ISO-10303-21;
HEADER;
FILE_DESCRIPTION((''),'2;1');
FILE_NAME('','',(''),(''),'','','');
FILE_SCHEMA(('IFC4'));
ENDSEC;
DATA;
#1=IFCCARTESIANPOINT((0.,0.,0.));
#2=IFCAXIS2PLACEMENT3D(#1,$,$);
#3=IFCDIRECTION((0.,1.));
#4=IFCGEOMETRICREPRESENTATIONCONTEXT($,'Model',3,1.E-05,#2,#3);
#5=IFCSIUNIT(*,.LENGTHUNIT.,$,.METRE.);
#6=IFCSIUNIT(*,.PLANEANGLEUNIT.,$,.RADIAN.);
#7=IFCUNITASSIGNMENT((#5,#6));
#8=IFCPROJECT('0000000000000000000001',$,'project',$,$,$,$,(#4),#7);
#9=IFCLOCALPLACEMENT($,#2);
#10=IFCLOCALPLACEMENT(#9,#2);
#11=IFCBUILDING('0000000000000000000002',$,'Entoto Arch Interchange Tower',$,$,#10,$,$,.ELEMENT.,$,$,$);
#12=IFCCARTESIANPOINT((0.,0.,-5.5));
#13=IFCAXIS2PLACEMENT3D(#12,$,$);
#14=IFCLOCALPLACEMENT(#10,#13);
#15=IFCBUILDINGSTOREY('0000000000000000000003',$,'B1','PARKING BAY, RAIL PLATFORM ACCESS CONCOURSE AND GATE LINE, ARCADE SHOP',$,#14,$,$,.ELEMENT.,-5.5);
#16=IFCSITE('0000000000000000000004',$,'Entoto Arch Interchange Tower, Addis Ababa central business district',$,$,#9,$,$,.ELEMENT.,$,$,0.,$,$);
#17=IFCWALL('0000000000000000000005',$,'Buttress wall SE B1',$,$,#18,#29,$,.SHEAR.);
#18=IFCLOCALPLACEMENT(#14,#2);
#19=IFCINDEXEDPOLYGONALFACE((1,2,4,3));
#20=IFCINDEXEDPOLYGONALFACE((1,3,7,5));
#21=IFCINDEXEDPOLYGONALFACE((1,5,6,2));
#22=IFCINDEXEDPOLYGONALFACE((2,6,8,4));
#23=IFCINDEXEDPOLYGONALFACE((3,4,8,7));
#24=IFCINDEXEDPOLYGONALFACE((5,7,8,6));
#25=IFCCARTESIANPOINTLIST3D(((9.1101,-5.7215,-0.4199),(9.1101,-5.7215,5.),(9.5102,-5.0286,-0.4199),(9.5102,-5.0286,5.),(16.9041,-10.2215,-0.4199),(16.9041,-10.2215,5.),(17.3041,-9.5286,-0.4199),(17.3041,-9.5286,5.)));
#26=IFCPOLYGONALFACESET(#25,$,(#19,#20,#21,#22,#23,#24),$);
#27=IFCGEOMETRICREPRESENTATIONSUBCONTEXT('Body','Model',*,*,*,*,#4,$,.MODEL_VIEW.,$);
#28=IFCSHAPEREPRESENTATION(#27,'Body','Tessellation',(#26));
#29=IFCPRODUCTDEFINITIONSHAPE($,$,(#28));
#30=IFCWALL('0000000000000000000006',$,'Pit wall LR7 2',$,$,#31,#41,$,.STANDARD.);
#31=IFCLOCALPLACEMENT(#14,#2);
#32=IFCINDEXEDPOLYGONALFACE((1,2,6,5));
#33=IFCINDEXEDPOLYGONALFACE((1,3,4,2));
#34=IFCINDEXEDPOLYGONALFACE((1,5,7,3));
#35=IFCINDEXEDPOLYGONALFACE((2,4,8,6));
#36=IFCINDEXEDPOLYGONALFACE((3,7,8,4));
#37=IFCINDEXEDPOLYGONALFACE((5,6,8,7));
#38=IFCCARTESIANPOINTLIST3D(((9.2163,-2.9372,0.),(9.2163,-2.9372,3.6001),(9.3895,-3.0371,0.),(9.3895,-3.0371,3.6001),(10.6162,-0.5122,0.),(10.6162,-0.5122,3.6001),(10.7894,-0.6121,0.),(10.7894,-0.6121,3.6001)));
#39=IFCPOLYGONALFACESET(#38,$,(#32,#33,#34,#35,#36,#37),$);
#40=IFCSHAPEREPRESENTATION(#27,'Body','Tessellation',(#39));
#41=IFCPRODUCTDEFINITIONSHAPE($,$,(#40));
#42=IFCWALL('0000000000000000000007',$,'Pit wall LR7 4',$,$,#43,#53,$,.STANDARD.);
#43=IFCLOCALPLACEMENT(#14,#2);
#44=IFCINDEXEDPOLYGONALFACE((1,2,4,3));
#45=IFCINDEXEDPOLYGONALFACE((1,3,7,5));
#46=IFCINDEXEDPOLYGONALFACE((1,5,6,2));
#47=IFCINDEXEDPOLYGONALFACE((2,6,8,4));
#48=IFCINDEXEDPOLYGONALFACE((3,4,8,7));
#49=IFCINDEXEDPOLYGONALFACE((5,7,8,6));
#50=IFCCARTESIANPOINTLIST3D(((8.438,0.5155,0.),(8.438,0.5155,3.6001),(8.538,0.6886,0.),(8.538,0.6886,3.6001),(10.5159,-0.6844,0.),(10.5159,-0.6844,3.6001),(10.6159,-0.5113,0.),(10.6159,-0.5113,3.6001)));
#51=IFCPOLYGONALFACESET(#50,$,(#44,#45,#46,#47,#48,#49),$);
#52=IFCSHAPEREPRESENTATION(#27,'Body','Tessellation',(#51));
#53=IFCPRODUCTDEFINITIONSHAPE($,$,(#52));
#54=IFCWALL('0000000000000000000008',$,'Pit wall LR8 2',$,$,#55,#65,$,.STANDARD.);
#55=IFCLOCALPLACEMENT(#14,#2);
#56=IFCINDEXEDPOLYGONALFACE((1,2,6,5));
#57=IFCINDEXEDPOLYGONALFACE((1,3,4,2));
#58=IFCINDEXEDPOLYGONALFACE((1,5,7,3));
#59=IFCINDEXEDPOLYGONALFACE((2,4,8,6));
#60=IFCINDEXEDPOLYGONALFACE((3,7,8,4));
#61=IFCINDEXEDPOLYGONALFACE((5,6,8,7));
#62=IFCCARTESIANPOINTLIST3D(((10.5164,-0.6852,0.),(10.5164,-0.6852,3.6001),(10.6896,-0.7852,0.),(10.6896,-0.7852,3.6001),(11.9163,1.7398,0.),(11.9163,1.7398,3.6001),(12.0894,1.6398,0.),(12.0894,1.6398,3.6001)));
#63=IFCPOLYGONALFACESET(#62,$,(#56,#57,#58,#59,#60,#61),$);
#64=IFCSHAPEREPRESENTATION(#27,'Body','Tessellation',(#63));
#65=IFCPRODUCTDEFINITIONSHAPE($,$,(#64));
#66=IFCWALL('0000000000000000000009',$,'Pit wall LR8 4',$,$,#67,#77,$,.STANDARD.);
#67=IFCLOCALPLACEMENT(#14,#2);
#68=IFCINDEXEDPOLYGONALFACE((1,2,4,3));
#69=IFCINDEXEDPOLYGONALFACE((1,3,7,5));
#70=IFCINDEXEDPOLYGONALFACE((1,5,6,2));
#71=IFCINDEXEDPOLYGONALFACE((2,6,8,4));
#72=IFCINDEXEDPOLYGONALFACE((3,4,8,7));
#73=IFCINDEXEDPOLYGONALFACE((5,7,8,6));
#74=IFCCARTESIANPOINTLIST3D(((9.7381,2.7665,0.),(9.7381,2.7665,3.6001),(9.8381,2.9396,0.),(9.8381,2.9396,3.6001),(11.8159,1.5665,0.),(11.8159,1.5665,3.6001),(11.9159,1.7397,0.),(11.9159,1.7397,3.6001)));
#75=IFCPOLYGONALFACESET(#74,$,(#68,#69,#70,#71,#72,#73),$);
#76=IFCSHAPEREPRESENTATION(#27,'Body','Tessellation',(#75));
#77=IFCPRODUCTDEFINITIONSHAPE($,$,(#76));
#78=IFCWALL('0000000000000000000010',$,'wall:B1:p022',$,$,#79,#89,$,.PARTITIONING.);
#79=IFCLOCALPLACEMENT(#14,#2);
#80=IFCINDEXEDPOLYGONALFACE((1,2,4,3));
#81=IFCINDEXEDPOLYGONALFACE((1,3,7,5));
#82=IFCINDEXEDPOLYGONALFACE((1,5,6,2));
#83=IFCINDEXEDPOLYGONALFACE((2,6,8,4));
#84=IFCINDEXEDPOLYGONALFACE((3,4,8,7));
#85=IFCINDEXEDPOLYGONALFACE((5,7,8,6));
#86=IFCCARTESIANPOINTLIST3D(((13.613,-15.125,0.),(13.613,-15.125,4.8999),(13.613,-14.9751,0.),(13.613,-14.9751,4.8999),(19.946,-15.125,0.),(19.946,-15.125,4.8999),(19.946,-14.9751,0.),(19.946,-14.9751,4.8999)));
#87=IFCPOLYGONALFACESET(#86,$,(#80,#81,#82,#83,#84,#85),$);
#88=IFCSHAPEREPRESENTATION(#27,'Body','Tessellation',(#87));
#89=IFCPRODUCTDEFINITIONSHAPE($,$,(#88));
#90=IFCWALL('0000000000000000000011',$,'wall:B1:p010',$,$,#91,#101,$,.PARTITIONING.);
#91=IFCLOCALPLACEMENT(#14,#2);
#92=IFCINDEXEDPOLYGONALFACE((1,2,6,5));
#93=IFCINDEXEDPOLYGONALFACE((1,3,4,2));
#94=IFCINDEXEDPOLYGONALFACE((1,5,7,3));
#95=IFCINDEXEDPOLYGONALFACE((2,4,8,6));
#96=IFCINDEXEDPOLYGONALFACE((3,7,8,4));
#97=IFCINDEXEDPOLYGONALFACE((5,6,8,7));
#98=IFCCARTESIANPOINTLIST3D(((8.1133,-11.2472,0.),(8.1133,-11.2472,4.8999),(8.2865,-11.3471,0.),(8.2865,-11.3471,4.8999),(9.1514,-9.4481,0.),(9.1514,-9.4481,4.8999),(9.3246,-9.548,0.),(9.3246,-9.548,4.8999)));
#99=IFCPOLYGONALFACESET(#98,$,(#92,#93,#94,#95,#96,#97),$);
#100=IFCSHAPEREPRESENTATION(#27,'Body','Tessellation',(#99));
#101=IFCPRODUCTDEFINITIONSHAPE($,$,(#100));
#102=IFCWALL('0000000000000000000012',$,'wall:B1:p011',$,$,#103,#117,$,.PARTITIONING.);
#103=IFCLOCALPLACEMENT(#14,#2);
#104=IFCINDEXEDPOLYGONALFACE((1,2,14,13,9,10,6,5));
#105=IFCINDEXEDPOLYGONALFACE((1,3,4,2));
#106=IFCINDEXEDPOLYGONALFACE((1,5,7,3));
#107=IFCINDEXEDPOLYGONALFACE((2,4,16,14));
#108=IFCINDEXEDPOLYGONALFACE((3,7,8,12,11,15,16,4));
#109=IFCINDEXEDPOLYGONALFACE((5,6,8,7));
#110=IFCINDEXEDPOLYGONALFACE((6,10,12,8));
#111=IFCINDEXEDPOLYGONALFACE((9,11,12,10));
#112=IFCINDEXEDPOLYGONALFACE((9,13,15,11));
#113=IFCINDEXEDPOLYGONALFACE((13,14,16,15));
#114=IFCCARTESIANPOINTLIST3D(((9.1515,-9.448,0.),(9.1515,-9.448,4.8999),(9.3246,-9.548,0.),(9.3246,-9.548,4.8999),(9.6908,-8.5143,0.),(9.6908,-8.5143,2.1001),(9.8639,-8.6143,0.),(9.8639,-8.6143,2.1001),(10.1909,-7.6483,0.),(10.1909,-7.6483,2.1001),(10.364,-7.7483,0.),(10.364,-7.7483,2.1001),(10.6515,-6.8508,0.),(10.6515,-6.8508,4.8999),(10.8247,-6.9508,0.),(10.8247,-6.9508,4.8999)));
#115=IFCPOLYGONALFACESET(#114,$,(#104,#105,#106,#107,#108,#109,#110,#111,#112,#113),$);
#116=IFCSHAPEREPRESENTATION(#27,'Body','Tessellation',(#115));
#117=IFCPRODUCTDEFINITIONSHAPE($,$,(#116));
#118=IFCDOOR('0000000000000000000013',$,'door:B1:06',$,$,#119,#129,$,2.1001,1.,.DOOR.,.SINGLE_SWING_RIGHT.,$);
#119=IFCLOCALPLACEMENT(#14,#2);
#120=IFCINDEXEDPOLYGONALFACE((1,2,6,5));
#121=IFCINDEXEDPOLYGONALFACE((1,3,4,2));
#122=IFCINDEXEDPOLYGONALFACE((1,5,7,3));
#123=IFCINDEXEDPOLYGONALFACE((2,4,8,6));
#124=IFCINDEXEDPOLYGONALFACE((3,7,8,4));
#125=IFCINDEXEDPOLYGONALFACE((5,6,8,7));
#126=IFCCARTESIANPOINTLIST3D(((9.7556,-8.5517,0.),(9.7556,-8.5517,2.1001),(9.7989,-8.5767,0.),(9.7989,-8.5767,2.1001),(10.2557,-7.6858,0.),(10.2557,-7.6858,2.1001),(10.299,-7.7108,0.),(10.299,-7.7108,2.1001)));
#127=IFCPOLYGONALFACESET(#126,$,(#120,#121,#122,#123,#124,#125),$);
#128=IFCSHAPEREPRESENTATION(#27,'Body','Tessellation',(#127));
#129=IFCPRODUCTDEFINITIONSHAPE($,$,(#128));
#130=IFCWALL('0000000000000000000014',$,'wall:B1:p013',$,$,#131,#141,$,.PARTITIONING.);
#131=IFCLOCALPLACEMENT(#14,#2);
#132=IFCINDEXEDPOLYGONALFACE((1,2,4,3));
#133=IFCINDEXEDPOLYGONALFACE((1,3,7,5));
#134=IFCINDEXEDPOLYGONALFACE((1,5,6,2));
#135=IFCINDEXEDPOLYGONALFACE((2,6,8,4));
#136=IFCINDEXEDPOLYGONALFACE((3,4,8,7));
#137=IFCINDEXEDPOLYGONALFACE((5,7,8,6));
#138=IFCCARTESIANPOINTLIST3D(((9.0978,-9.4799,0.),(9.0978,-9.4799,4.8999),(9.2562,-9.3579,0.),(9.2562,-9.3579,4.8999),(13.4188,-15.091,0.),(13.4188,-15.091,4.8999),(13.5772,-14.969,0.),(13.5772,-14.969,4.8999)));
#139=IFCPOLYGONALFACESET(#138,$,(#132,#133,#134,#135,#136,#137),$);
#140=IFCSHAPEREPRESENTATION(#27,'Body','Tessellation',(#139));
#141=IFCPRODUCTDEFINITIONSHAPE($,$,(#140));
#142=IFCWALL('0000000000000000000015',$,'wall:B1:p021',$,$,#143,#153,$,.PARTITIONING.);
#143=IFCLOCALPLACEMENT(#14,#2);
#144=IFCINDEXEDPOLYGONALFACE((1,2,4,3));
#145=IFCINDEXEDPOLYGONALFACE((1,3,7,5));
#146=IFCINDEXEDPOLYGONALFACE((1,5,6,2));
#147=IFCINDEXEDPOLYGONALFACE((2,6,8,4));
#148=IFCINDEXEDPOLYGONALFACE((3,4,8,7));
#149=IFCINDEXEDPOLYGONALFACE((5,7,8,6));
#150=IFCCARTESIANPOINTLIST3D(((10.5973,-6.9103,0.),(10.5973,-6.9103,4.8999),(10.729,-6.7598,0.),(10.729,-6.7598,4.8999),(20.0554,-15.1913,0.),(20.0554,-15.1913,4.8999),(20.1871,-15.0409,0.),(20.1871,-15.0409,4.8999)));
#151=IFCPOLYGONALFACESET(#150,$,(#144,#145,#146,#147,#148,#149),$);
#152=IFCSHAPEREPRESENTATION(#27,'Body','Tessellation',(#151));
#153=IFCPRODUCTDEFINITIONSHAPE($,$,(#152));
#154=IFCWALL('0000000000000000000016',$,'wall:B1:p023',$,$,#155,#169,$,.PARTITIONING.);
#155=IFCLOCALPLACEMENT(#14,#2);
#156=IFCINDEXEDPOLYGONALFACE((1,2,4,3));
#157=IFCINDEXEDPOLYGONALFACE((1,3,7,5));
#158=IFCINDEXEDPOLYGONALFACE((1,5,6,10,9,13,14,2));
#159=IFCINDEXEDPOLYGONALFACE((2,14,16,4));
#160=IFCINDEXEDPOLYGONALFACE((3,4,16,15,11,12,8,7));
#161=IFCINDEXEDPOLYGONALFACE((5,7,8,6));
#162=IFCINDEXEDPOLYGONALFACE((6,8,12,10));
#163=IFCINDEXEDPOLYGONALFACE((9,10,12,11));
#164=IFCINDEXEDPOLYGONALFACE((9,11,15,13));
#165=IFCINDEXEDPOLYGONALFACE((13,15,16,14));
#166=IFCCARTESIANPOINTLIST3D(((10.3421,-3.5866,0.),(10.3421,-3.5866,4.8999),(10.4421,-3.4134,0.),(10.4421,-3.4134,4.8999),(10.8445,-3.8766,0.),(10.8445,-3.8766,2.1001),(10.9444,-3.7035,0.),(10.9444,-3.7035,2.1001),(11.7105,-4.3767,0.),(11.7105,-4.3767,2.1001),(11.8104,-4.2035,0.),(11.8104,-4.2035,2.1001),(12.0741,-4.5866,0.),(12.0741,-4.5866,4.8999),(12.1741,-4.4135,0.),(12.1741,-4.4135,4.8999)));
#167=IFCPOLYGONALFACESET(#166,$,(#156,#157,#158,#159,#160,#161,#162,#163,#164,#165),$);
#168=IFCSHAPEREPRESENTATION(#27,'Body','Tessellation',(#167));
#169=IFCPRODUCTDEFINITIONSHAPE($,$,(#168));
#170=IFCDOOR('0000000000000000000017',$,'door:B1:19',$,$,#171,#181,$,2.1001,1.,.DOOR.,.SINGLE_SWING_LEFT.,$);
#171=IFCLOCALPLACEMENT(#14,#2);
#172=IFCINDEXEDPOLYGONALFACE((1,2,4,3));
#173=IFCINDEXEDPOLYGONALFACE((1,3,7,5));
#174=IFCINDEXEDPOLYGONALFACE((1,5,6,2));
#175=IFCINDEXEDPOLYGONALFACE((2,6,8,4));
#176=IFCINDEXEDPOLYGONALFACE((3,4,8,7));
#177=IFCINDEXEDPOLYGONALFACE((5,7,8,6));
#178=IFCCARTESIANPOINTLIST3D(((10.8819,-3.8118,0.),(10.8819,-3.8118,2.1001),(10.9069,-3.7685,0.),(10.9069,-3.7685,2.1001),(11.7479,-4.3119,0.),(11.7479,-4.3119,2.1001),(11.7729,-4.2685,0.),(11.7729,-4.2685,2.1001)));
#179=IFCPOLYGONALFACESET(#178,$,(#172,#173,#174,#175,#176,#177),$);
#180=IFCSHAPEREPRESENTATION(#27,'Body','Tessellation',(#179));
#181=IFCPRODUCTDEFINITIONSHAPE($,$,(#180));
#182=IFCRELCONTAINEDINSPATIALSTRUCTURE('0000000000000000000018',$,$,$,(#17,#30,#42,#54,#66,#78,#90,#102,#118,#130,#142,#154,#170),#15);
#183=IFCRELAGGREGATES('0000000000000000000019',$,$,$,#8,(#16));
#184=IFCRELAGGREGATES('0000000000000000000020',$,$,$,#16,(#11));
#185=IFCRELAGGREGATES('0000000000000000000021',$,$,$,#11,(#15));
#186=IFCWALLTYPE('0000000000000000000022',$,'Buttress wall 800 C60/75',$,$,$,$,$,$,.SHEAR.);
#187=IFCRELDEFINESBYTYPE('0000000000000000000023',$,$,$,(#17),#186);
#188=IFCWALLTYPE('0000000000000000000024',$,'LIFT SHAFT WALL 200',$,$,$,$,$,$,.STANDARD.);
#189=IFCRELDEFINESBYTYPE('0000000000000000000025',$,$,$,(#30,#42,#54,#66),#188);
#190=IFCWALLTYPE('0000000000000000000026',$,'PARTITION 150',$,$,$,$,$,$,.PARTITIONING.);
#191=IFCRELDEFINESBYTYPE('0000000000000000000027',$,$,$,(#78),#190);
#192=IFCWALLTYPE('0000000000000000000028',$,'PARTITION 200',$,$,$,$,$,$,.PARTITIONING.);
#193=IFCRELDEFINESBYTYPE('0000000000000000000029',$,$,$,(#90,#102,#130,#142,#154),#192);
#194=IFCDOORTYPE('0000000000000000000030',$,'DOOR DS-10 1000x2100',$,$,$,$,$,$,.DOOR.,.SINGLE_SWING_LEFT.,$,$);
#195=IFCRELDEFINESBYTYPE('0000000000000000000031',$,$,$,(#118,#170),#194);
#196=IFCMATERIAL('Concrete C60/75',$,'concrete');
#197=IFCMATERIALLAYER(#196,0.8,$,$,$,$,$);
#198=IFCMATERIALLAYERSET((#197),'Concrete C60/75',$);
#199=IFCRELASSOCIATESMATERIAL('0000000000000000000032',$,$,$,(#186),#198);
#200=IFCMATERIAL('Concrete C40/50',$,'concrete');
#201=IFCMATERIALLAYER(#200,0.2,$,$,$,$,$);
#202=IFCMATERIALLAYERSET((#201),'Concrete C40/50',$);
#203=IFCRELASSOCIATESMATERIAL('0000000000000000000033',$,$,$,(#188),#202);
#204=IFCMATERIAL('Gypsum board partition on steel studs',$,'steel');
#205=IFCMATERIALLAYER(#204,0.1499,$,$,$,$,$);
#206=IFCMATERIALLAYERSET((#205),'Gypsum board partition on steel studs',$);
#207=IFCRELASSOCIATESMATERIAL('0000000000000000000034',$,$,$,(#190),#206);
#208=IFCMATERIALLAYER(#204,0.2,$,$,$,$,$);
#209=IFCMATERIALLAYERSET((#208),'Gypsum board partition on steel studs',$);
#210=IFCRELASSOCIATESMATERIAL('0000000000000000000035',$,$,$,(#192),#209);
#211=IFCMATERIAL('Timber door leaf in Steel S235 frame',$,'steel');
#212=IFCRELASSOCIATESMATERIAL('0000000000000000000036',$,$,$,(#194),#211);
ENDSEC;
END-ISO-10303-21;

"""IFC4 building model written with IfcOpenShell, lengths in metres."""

from ifc_helpers import new_model, si_unit, direction, frame, frame_2d, origin, place, context, subcontext, project, spatial, rectangle, extrude, material, layer, layer_set, type_object, element, fill, save


model = new_model("IFC4")

# Units and contexts
model_context = context("Model", 3, precision=1e-05, world=origin(), true_north=direction((0.0, 1.0)))
body_context = subcontext(model_context, "Body", "Model", "MODEL_VIEW")
ifc_project = project(units=[si_unit("LENGTHUNIT", "METRE"), si_unit("PLANEANGLEUNIT", "RADIAN")], contexts=[model_context])

# Site, building, storey
site_placement = place(None, origin())
site = spatial("IfcSite", under=ifc_project, at=site_placement, Name="Entoto Arch Interchange Tower, Addis Ababa central business district", CompositionType="ELEMENT", RefElevation=0.0)
building_placement = place(site_placement, origin())
building = spatial("IfcBuilding", under=site, at=building_placement, Name="Entoto Arch Interchange Tower", CompositionType="ELEMENT")
storey_placement = place(building_placement, frame((0.0, 0.0, -5.5)))
storey = spatial("IfcBuildingStorey", under=building, at=storey_placement, Name="B1", Description="PARKING BAY, RAIL PLATFORM ACCESS CONCOURSE AND GATE LINE, ARCADE SHOP", CompositionType="ELEMENT", Elevation=-5.5)

# Walls
ifc_material_1 = material(Name="Concrete C60/75", Category="concrete")
ifc_layer_1 = layer(ifc_material_1, 0.8)
ifc_layer_set_1 = layer_set([ifc_layer_1], Name="Concrete C60/75")
wall_type_1 = type_object("IfcWallType", Name="Buttress wall 800 C60/75", PredefinedType="SHEAR", material=ifc_layer_set_1)
wall_1_placement = place(storey_placement, frame((9.3101, -5.375, -0.4199), z_axis=(0.0, 0.0, 1.0), x_axis=(0.866018, -0.500014, 0.0)))
element("IfcWall", 1, at=wall_1_placement, inside=storey, type_object=wall_type_1, Name="Buttress wall SE B1", PredefinedType="SHEAR", context=body_context, shape_type="SweptSolid", body=[
    extrude(rectangle(XDim=8.9998, YDim=0.8, at=frame_2d((4.5, 0.0))), origin(), (0.0, 0.0, 1.0), 5.4199),
])
ifc_material_2 = material(Name="Concrete C40/50", Category="concrete")
ifc_layer_2 = layer(ifc_material_2, 0.2)
ifc_layer_set_2 = layer_set([ifc_layer_2], Name="Concrete C40/50")
wall_type_2 = type_object("IfcWallType", Name="LIFT SHAFT WALL 200", PredefinedType="STANDARD", material=ifc_layer_set_2)
wall_2_placement = place(storey_placement, frame((9.303, -2.9871, 0.0), z_axis=(0.0, 0.0, 1.0), x_axis=(0.499946, 0.866056, 0.0)))
element("IfcWall", 2, at=wall_2_placement, inside=storey, type_object=wall_type_2, Name="Pit wall LR7 2", PredefinedType="STANDARD", context=body_context, shape_type="SweptSolid", body=[
    extrude(rectangle(XDim=2.8, YDim=0.2, at=frame_2d((1.3999, 0.0))), origin(), (0.0, 0.0, 1.0), 3.6001),
])
wall_3_placement = place(storey_placement, frame((8.488, 0.6021, 0.0), z_axis=(0.0, 0.0, 1.0), x_axis=(0.865974, -0.500089, 0.0)))
element("IfcWall", 3, at=wall_3_placement, inside=storey, type_object=wall_type_2, Name="Pit wall LR7 4", PredefinedType="STANDARD", context=body_context, shape_type="SweptSolid", body=[
    extrude(rectangle(XDim=2.3994, YDim=0.2, at=frame_2d((1.1997, 0.0))), origin(), (0.0, 0.0, 1.0), 3.6001),
])
wall_4_placement = place(storey_placement, frame((10.603, -0.7351, 0.0), z_axis=(0.0, 0.0, 1.0), x_axis=(0.499946, 0.866056, 0.0)))
element("IfcWall", 4, at=wall_4_placement, inside=storey, type_object=wall_type_2, Name="Pit wall LR8 2", PredefinedType="STANDARD", context=body_context, shape_type="SweptSolid", body=[
    extrude(rectangle(XDim=2.8, YDim=0.2, at=frame_2d((1.3999, 0.0))), origin(), (0.0, 0.0, 1.0), 3.6001),
])
wall_5_placement = place(storey_placement, frame((9.7881, 2.853, 0.0), z_axis=(0.0, 0.0, 1.0), x_axis=(0.865974, -0.500089, 0.0)))
element("IfcWall", 5, at=wall_5_placement, inside=storey, type_object=wall_type_2, Name="Pit wall LR8 4", PredefinedType="STANDARD", context=body_context, shape_type="SweptSolid", body=[
    extrude(rectangle(XDim=2.3994, YDim=0.2, at=frame_2d((1.1997, 0.0))), origin(), (0.0, 0.0, 1.0), 3.6001),
])
ifc_material_3 = material(Name="Gypsum board partition on steel studs", Category="steel")
ifc_layer_3 = layer(ifc_material_3, 0.1499)
ifc_layer_set_3 = layer_set([ifc_layer_3], Name="Gypsum board partition on steel studs")
wall_type_3 = type_object("IfcWallType", Name="PARTITION 150", PredefinedType="PARTITIONING", material=ifc_layer_set_3)
wall_6_placement = place(storey_placement, frame((19.946, -15.05, 0.0), z_axis=(0.0, 0.0, 1.0), x_axis=(-1.0, 0.0, 0.0)))
element("IfcWall", 6, at=wall_6_placement, inside=storey, type_object=wall_type_3, Name="wall:B1:p022", PredefinedType="PARTITIONING", context=body_context, shape_type="SweptSolid", body=[
    extrude(rectangle(XDim=6.333, YDim=0.1499, at=frame_2d((3.1665, 0.0))), origin(), (0.0, 0.0, 1.0), 4.8999),
])
ifc_layer_4 = layer(ifc_material_3, 0.2)
ifc_layer_set_4 = layer_set([ifc_layer_4], Name="Gypsum board partition on steel studs")
wall_type_4 = type_object("IfcWallType", Name="PARTITION 200", PredefinedType="PARTITIONING", material=ifc_layer_set_4)
wall_7_placement = place(storey_placement, frame((9.238, -9.498, 0.0), z_axis=(0.0, 0.0, 1.0), x_axis=(-0.49978, -0.866152, 0.0)))
element("IfcWall", 7, at=wall_7_placement, inside=storey, type_object=wall_type_4, Name="wall:B1:p010", PredefinedType="PARTITIONING", context=body_context, shape_type="SweptSolid", body=[
    extrude(rectangle(XDim=2.0771, YDim=0.2, at=frame_2d((1.0386, 0.0))), origin(), (0.0, 0.0, 1.0), 4.8999),
])

# Wall, opening, door
wall_8_placement = place(storey_placement, frame((10.738, -6.9009, 0.0), z_axis=(0.0, 0.0, 1.0), x_axis=(-0.500131, -0.86595, 0.0)))
wall_8 = element("IfcWall", 8, at=wall_8_placement, inside=storey, type_object=wall_type_4, Name="wall:B1:p011", PredefinedType="PARTITIONING", context=body_context, shape_type="SweptSolid", body=[
    extrude(rectangle(XDim=2.9993, YDim=0.2, at=frame_2d((1.4995, 0.0))), origin(), (0.0, 0.0, 1.0), 4.8999),
])
opening_1_placement = place(wall_8_placement, frame((0.9209, 0.0, 0.0)))
opening_1 = element("IfcOpeningElement", 9, at=opening_1_placement, cuts=wall_8, PredefinedType="OPENING", context=body_context, shape_type="SweptSolid", body=[
    extrude(rectangle(XDim=1.0, YDim=2.1001, at=frame_2d((0.5, 1.05))), frame((0.0, 0.1099, 0.0), z_axis=(0.0, -1.0, 0.0), x_axis=(1.0, 0.0, 0.0)), (0.0, 0.0, 1.0), 0.22),
])
ifc_material_4 = material(Name="Timber door leaf in Steel S235 frame", Category="steel")
door_type = type_object("IfcDoorType", Name="DOOR DS-10 1000x2100", OperationType="SINGLE_SWING_LEFT", PredefinedType="DOOR", material=ifc_material_4)
door_1_placement = place(opening_1_placement, origin())
door_1 = element("IfcDoor", 10, at=door_1_placement, inside=storey, type_object=door_type, Name="door:B1:06", OperationType="SINGLE_SWING_RIGHT", OverallHeight=2.1001, OverallWidth=1.0, PredefinedType="DOOR", context=body_context, shape_type="SweptSolid", body=[
    extrude(rectangle(XDim=1.0, YDim=2.1001, at=frame_2d((0.5, 1.05))), frame((0.0, 0.0249, 0.0), z_axis=(0.0, -1.0, 0.0), x_axis=(1.0, 0.0, 0.0)), (0.0, 0.0, 1.0), 0.05),
])
fill(opening_1, door_1)

# Walls
wall_9_placement = place(storey_placement, frame((9.177, -9.4189, 0.0), z_axis=(0.0, 0.0, 1.0), x_axis=(0.610139, -0.792295, 0.0)))
element("IfcWall", 11, at=wall_9_placement, inside=storey, type_object=wall_type_4, Name="wall:B1:p013", PredefinedType="PARTITIONING", context=body_context, shape_type="SweptSolid", body=[
    extrude(rectangle(XDim=7.082, YDim=0.2, at=frame_2d((3.541, 0.0))), origin(), (0.0, 0.0, 1.0), 4.8999),
])
wall_10_placement = place(storey_placement, frame((10.6631, -6.835, 0.0), z_axis=(0.0, 0.0, 1.0), x_axis=(0.75237, -0.658741, 0.0)))
element("IfcWall", 12, at=wall_10_placement, inside=storey, type_object=wall_type_4, Name="wall:B1:p021", PredefinedType="PARTITIONING", context=body_context, shape_type="SweptSolid", body=[
    extrude(rectangle(XDim=12.571, YDim=0.2, at=frame_2d((6.2856, 0.0))), origin(), (0.0, 0.0, 1.0), 4.8999),
])

# Wall, opening, door
wall_11_placement = place(storey_placement, frame((10.3921, -3.5, 0.0), z_axis=(0.0, 0.0, 1.0), x_axis=(0.866011, -0.500025, 0.0)))
wall_11 = element("IfcWall", 13, at=wall_11_placement, inside=storey, type_object=wall_type_4, Name="wall:B1:p023", PredefinedType="PARTITIONING", context=body_context, shape_type="SweptSolid", body=[
    extrude(rectangle(XDim=2.0, YDim=0.2, at=frame_2d((1.0, 0.0))), origin(), (0.0, 0.0, 1.0), 4.8999),
])
opening_2_placement = place(wall_11_placement, frame((0.5801, 0.0, 0.0)))
opening_2 = element("IfcOpeningElement", 14, at=opening_2_placement, cuts=wall_11, PredefinedType="OPENING", context=body_context, shape_type="SweptSolid", body=[
    extrude(rectangle(XDim=1.0, YDim=2.1001, at=frame_2d((0.5, 1.05))), frame((0.0, 0.1099, 0.0), z_axis=(0.0, -1.0, 0.0), x_axis=(1.0, 0.0, 0.0)), (0.0, 0.0, 1.0), 0.22),
])
door_2_placement = place(opening_2_placement, origin())
door_2 = element("IfcDoor", 15, at=door_2_placement, inside=storey, type_object=door_type, Name="door:B1:19", OperationType="SINGLE_SWING_LEFT", OverallHeight=2.1001, OverallWidth=1.0, PredefinedType="DOOR", context=body_context, shape_type="SweptSolid", body=[
    extrude(rectangle(XDim=1.0, YDim=2.1001, at=frame_2d((0.5, 1.05))), frame((0.0, 0.0249, 0.0), z_axis=(0.0, -1.0, 0.0), x_axis=(1.0, 0.0, 0.0)), (0.0, 0.0, 1.0), 0.05),
])
fill(opening_2, door_2)

save(model, "model.ifc")
